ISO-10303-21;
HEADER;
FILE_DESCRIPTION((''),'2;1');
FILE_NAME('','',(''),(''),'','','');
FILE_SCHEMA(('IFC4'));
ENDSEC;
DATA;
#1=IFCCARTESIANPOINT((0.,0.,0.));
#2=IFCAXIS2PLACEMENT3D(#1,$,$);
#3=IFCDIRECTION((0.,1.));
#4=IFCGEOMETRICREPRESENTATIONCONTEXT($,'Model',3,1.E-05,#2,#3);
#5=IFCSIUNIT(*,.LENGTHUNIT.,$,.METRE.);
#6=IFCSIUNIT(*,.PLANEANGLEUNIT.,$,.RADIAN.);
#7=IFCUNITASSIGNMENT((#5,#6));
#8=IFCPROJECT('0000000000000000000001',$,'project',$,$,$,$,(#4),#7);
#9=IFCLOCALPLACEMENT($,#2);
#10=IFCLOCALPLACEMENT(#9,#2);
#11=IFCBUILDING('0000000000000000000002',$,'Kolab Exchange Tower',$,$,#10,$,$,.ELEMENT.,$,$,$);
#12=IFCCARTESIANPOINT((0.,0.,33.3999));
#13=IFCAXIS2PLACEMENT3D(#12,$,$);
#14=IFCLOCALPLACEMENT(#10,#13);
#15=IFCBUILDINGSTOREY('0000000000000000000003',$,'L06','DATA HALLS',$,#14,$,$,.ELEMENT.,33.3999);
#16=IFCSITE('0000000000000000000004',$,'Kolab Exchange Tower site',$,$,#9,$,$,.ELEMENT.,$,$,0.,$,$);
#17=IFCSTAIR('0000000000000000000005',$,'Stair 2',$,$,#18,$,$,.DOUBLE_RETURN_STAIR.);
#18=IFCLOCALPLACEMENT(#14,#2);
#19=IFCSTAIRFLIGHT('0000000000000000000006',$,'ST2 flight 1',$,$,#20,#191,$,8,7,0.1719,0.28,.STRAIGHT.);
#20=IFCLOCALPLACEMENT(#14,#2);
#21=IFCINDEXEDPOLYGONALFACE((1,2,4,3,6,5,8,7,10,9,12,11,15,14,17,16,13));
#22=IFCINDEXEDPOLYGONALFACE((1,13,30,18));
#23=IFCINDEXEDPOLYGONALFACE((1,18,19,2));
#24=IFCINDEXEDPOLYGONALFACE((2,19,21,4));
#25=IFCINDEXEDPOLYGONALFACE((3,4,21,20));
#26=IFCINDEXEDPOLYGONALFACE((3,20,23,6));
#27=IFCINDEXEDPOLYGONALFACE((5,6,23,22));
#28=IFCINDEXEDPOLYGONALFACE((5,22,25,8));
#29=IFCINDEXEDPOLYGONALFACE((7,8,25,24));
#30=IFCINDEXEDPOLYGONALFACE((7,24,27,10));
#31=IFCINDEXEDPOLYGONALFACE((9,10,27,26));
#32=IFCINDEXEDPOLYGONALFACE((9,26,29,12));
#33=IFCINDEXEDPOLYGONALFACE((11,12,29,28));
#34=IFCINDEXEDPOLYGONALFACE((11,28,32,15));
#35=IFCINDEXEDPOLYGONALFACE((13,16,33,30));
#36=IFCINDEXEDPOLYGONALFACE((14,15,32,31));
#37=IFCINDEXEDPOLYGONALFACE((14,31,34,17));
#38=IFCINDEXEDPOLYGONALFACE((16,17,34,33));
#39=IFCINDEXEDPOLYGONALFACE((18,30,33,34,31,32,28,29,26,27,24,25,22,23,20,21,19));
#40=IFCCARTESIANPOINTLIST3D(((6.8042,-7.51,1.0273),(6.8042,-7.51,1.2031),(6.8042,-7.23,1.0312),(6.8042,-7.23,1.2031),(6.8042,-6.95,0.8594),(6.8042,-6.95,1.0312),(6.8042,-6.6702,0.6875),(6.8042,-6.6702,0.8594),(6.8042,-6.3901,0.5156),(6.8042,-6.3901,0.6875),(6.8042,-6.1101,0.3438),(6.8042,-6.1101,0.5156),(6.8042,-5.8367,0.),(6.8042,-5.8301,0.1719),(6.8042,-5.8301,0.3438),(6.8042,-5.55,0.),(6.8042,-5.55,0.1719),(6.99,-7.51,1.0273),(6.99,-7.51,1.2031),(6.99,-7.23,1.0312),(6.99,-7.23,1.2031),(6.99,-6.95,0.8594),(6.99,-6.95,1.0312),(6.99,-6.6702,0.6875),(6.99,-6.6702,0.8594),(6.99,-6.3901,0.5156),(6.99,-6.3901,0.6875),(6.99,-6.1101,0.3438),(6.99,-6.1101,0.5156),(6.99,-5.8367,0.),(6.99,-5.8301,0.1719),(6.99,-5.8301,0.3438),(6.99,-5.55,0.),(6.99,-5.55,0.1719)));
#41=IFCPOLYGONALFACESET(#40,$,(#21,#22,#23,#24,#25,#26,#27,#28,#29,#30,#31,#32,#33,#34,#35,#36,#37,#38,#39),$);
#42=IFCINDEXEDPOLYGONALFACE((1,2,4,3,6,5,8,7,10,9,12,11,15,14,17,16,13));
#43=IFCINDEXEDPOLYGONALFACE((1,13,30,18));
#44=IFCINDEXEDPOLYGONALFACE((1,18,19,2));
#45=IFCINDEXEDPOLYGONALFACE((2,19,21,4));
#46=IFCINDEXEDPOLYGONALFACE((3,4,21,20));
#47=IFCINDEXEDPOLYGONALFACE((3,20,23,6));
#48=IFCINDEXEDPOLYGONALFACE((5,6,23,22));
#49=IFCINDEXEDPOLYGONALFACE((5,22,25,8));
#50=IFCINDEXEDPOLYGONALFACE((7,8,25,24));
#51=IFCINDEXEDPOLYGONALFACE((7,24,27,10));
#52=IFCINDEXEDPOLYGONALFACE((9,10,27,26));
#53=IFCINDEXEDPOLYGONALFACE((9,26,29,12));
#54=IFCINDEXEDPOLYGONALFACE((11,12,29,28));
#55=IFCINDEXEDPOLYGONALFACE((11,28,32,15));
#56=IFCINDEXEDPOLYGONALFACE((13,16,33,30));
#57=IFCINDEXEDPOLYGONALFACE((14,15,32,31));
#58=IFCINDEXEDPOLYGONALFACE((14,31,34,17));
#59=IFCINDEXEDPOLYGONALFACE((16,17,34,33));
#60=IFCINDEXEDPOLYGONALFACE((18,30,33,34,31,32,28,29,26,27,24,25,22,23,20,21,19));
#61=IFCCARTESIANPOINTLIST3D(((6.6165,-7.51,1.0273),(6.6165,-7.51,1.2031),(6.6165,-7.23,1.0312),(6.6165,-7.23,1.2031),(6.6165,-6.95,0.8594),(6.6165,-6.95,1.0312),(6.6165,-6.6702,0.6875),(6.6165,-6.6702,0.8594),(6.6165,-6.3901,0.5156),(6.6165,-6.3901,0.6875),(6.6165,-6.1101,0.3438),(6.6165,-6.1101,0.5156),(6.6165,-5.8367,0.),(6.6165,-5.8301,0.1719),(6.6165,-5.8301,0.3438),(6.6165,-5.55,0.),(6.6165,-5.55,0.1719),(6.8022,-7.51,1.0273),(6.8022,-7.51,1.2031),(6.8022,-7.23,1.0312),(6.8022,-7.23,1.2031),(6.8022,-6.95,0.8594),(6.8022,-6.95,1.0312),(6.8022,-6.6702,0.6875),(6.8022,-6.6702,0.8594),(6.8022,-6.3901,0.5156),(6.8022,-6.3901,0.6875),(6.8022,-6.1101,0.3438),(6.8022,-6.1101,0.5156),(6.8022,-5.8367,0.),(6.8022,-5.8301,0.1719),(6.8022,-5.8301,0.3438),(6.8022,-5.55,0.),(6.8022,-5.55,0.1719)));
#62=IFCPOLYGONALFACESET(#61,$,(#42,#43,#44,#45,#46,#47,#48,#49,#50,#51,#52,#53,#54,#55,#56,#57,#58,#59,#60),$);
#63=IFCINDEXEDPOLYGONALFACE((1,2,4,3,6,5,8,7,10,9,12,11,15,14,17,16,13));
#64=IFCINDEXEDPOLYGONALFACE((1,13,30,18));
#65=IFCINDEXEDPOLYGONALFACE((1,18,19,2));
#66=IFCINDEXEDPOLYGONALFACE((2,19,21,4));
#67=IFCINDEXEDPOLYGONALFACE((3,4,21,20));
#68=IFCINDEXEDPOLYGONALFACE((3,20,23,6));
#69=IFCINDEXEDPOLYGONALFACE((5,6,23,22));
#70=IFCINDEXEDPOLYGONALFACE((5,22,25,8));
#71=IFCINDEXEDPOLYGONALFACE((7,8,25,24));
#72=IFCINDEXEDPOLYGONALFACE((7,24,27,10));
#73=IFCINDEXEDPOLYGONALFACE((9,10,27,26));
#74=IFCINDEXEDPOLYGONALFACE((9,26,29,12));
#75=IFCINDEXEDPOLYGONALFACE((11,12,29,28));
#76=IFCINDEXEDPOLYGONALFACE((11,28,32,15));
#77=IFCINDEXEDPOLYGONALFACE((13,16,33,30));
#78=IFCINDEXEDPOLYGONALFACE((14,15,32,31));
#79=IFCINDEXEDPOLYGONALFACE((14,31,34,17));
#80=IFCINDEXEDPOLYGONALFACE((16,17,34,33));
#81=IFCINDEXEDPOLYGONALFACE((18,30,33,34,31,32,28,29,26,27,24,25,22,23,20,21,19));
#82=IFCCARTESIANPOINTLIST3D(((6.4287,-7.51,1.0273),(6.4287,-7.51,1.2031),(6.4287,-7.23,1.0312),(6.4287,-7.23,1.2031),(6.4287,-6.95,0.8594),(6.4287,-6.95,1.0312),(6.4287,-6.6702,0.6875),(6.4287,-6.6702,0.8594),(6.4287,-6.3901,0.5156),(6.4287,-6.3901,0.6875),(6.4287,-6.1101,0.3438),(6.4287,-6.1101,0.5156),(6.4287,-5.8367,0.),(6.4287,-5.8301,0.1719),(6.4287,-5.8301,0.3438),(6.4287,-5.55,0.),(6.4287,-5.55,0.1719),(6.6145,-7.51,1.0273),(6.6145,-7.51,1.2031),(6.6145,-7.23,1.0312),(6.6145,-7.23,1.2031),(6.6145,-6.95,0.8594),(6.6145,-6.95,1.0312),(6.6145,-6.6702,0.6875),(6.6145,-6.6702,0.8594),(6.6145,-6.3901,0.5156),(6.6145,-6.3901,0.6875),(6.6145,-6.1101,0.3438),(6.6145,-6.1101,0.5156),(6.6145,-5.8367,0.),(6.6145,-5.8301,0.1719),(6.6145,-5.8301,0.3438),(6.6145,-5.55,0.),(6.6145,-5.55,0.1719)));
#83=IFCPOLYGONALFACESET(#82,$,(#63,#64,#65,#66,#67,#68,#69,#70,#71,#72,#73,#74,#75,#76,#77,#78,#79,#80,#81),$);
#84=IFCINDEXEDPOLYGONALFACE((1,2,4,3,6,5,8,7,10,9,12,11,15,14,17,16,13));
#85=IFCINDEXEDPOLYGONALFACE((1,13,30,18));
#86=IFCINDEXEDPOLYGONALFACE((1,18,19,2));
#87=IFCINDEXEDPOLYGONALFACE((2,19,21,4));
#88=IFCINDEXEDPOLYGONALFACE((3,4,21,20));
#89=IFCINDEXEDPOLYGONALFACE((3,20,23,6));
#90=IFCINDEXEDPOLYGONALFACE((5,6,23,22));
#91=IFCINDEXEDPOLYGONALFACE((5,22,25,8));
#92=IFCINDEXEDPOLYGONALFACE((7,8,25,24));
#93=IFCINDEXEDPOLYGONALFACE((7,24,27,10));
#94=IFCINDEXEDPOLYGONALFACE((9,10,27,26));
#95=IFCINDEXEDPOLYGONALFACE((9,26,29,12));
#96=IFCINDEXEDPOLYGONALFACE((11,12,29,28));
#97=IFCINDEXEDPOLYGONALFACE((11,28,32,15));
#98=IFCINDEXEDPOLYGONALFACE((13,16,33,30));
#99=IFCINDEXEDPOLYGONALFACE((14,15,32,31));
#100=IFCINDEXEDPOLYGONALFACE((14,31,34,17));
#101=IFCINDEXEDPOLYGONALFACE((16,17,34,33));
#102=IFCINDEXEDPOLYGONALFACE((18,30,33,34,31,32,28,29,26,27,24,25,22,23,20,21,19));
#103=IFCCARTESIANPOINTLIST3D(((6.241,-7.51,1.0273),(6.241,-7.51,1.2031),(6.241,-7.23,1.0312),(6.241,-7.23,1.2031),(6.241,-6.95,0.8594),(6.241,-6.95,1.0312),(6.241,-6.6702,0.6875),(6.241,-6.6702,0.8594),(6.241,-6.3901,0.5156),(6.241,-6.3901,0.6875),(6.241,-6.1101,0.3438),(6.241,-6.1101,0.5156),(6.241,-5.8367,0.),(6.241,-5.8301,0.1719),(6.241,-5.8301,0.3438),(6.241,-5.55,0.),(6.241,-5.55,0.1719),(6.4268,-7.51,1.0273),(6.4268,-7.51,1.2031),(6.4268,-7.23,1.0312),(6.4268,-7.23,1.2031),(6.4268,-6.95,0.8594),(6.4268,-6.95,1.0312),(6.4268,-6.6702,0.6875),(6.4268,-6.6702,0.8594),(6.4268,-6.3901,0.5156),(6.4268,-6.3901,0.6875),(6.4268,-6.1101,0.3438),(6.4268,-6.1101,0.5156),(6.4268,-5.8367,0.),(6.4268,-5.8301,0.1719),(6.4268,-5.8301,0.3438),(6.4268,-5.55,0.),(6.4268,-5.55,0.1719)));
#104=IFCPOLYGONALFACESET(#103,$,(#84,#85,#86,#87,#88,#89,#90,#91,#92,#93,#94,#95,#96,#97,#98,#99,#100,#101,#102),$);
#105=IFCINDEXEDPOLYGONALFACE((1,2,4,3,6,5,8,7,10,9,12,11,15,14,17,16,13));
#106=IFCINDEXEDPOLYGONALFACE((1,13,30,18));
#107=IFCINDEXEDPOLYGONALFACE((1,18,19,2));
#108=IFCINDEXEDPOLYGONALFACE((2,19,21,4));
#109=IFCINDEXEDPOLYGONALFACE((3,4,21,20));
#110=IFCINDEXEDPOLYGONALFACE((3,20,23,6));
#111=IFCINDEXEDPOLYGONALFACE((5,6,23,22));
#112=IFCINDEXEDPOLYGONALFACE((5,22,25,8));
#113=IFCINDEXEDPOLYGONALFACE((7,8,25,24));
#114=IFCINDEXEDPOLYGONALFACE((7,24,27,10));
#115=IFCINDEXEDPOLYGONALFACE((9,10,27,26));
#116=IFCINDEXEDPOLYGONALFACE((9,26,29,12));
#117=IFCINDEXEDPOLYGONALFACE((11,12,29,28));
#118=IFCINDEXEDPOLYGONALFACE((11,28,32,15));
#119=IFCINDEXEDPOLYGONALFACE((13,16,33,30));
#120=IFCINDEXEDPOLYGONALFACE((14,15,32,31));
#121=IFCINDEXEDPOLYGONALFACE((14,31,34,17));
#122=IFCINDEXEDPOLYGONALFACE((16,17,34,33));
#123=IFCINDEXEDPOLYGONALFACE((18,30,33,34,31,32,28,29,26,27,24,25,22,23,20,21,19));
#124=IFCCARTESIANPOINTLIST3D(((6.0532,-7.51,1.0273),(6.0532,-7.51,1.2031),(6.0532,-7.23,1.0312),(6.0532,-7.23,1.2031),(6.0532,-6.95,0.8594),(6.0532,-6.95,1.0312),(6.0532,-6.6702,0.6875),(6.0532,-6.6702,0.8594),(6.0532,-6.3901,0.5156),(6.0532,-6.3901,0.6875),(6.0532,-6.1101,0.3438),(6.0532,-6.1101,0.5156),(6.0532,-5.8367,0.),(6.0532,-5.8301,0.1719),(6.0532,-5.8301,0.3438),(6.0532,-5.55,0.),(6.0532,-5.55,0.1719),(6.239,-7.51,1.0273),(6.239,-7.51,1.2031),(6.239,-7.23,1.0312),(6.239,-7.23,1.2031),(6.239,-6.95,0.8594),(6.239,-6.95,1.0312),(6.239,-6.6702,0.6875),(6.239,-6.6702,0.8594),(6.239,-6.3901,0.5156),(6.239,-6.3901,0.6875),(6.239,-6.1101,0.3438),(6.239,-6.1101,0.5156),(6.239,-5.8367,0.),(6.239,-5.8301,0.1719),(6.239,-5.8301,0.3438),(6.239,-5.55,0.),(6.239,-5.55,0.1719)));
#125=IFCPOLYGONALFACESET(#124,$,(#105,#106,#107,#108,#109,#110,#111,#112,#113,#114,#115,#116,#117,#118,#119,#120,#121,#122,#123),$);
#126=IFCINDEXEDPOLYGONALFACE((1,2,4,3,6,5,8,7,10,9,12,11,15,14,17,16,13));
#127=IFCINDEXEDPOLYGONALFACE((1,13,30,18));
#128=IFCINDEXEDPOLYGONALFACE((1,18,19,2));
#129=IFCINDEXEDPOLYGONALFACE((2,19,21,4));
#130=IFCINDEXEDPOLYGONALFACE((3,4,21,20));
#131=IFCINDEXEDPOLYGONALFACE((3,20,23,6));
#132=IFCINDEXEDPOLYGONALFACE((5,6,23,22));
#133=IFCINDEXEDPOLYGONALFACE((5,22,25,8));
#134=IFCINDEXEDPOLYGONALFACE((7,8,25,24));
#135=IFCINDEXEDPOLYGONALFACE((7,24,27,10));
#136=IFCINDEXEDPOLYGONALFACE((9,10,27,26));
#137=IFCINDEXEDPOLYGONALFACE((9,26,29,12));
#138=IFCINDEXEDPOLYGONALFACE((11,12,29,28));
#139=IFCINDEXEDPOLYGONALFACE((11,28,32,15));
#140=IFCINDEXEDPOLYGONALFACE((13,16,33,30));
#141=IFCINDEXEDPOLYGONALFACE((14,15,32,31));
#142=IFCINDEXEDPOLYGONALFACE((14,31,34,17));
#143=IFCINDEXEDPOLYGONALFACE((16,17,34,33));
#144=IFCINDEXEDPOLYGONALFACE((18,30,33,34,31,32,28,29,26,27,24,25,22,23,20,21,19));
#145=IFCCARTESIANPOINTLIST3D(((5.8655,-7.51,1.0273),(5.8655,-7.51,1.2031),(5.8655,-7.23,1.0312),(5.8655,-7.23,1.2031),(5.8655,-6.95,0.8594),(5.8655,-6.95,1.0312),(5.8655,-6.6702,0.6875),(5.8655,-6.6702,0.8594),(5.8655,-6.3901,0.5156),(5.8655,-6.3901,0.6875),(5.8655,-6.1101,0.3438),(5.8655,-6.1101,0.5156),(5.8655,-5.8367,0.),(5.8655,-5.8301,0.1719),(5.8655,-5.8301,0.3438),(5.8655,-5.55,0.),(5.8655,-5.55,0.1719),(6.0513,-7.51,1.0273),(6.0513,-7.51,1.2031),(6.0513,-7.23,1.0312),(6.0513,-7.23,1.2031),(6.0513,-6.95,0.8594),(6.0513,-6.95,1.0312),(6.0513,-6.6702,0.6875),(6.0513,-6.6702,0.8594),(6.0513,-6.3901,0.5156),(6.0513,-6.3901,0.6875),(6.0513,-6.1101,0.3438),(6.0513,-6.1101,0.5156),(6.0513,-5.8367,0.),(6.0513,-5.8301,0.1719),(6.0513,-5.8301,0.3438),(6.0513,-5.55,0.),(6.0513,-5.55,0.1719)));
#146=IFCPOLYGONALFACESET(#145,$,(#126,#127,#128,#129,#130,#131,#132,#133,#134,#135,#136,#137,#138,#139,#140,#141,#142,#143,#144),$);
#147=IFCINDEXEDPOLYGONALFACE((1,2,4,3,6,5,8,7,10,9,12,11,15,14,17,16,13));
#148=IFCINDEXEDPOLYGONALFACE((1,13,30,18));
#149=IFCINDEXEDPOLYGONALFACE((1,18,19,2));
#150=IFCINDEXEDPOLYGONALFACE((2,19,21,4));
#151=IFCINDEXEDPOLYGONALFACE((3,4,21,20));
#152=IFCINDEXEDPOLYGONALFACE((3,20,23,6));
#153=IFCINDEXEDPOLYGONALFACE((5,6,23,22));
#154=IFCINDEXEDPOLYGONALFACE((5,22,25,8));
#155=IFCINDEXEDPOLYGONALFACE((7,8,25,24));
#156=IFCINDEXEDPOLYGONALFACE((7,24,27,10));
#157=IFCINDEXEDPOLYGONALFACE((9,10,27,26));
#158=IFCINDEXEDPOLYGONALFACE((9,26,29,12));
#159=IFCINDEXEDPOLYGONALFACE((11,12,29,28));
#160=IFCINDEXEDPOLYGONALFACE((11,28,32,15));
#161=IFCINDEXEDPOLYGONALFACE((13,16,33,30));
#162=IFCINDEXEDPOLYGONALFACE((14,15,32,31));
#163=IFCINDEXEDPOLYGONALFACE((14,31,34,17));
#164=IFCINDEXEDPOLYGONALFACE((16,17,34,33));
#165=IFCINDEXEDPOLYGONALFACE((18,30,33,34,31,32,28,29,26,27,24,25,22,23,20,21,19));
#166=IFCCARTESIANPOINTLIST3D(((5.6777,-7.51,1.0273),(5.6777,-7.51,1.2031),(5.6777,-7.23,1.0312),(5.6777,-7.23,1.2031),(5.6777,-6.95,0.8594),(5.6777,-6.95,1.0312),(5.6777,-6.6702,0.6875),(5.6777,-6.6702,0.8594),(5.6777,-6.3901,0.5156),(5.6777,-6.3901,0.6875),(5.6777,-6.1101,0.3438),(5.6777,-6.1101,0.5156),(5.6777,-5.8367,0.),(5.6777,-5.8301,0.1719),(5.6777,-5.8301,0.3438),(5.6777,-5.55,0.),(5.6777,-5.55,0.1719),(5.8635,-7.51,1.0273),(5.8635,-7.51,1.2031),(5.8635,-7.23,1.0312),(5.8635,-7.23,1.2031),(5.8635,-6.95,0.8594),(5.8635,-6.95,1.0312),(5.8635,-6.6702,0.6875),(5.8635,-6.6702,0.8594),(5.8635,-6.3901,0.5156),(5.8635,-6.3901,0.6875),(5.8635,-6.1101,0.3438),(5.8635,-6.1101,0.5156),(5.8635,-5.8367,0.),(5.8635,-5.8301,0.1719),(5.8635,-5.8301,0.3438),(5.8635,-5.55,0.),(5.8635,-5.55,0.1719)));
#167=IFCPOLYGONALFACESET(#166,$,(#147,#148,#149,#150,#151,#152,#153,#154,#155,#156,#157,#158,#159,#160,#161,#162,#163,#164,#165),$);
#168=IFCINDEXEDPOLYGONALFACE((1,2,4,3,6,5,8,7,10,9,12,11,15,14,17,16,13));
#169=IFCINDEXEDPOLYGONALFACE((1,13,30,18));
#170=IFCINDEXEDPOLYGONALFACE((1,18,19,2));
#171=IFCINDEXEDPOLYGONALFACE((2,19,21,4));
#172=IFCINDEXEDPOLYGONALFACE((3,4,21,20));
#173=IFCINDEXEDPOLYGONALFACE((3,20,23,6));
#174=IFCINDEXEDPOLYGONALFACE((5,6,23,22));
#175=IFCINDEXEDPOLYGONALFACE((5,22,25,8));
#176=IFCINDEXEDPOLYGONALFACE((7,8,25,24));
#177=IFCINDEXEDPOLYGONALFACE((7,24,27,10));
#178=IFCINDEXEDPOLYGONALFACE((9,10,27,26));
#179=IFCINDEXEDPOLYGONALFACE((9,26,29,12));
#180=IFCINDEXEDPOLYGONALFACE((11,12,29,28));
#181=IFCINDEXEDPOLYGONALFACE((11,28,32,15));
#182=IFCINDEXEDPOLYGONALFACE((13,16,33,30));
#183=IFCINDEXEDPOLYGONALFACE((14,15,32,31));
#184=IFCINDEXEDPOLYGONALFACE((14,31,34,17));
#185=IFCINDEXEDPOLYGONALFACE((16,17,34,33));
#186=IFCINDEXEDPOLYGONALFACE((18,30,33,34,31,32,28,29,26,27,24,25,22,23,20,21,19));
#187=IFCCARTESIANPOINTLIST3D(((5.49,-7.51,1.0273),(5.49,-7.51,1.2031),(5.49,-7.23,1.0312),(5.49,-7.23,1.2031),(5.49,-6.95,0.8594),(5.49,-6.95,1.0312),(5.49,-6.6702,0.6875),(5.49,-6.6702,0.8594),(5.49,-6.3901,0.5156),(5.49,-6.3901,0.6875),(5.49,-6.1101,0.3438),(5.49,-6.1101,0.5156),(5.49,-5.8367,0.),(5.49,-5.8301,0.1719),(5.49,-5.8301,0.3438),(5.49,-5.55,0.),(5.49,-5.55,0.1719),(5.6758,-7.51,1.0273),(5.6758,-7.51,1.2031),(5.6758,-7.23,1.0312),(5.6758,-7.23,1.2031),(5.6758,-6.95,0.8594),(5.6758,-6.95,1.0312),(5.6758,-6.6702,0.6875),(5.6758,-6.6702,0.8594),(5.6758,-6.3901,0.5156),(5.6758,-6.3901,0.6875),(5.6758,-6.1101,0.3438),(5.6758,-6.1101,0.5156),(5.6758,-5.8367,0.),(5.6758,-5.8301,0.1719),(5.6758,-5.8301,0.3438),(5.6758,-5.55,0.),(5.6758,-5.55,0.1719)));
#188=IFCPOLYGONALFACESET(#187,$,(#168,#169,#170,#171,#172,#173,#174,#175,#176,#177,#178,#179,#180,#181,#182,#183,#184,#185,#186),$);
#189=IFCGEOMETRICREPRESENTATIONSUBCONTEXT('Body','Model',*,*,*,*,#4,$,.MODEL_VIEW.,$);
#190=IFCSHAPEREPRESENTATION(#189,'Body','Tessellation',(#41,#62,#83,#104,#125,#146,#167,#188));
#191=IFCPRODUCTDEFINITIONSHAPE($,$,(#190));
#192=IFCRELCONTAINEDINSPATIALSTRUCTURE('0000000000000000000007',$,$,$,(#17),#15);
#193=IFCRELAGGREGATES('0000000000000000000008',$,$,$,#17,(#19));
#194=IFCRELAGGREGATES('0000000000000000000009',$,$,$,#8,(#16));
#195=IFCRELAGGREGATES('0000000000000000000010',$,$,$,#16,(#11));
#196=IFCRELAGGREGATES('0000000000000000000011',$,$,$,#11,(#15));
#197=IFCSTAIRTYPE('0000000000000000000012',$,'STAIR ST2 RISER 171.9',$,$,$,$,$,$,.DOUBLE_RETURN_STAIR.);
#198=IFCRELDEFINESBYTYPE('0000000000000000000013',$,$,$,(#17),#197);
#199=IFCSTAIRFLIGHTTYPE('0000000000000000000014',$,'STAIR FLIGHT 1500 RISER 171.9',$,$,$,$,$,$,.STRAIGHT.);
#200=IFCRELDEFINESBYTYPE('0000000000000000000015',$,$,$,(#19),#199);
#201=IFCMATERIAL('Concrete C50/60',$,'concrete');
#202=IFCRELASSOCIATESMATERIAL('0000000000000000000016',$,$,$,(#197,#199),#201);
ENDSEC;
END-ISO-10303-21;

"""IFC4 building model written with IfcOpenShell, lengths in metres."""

from ifc_helpers import new_model, si_unit, direction, frame, origin, place, context, subcontext, project, spatial, polyline, outline, extrude, material, type_object, element, aggregate, save


model = new_model("IFC4")

# Units and contexts
model_context = context("Model", 3, precision=1e-05, world=origin(), true_north=direction((0.0, 1.0)))
body_context = subcontext(model_context, "Body", "Model", "MODEL_VIEW")
ifc_project = project(units=[si_unit("LENGTHUNIT", "METRE"), si_unit("PLANEANGLEUNIT", "RADIAN")], contexts=[model_context])

# Site, building, storey
site_placement = place(None, origin())
site = spatial("IfcSite", under=ifc_project, at=site_placement, Name="Kolab Exchange Tower site", CompositionType="ELEMENT", RefElevation=0.0)
building_placement = place(site_placement, origin())
building = spatial("IfcBuilding", under=site, at=building_placement, Name="Kolab Exchange Tower", CompositionType="ELEMENT")
storey_placement = place(building_placement, frame((0.0, 0.0, 33.3999)))
storey = spatial("IfcBuildingStorey", under=building, at=storey_placement, Name="L06", Description="DATA HALLS", CompositionType="ELEMENT", Elevation=33.3999)

# Stair
ifc_material_1 = material(Name="Concrete C50/60", Category="concrete")
stair_type_1 = type_object("IfcStairType", Name="STAIR ST2 RISER 171.9", PredefinedType="DOUBLE_RETURN_STAIR", material=ifc_material_1)
stair_1_placement = place(storey_placement, origin())
stair_1 = element("IfcStair", 1, at=stair_1_placement, inside=storey, type_object=stair_type_1, Name="Stair 2", PredefinedType="DOUBLE_RETURN_STAIR")

# Stair flight
stair_flight_type = type_object("IfcStairFlightType", Name="STAIR FLIGHT 1500 RISER 171.9", PredefinedType="STRAIGHT", material=ifc_material_1)
stair_flight_1_placement = place(storey_placement, frame((6.24, -5.55, 0.0), z_axis=(0.0, 0.0, 1.0), x_axis=(0.0, -1.0, 0.0)))
stair_flight_1 = element("IfcStairFlight", 2, at=stair_flight_1_placement, type_object=stair_flight_type, Name="ST2 flight 1", NumberOfRisers=8, NumberOfTreads=7, PredefinedType="STRAIGHT", RiserHeight=0.1719, TreadLength=0.28, context=body_context, shape_type="SweptSolid", body=[
    extrude(outline(polyline([(0.0, 0.0), (0.0, 0.1719), (0.28, 0.1719), (0.28, 0.3438), (0.5601, 0.3438), (0.5601, 0.5156), (0.8401, 0.5156), (0.8401, 0.6875), (1.1201, 0.6875), (1.1201, 0.8594), (1.3999, 0.8594), (1.3999, 1.0312), (1.6799, 1.0312), (1.6799, 1.2031), (1.96, 1.2031), (1.96, 1.375), (1.96, 1.0273), (0.2866, 0.0), (0.0, 0.0)])), frame((0.0, 0.75, 0.0), z_axis=(0.0, -1.0, 0.0), x_axis=(1.0, 0.0, 0.0)), (0.0, 0.0, 1.0), 0.1858),
    extrude(outline(polyline([(0.0, 0.0), (0.0, 0.1719), (0.28, 0.1719), (0.28, 0.3438), (0.5601, 0.3438), (0.5601, 0.5156), (0.8401, 0.5156), (0.8401, 0.6875), (1.1201, 0.6875), (1.1201, 0.8594), (1.3999, 0.8594), (1.3999, 1.0312), (1.6799, 1.0312), (1.6799, 1.2031), (1.96, 1.2031), (1.96, 1.375), (1.96, 1.0273), (0.2866, 0.0), (0.0, 0.0)])), frame((0.0, 0.5623, 0.0), z_axis=(0.0, -1.0, 0.0), x_axis=(1.0, 0.0, 0.0)), (0.0, 0.0, 1.0), 0.1858),
    extrude(outline(polyline([(0.0, 0.0), (0.0, 0.1719), (0.28, 0.1719), (0.28, 0.3438), (0.5601, 0.3438), (0.5601, 0.5156), (0.8401, 0.5156), (0.8401, 0.6875), (1.1201, 0.6875), (1.1201, 0.8594), (1.3999, 0.8594), (1.3999, 1.0312), (1.6799, 1.0312), (1.6799, 1.2031), (1.96, 1.2031), (1.96, 1.375), (1.96, 1.0273), (0.2866, 0.0), (0.0, 0.0)])), frame((0.0, 0.3745, 0.0), z_axis=(0.0, -1.0, 0.0), x_axis=(1.0, 0.0, 0.0)), (0.0, 0.0, 1.0), 0.1858),
    extrude(outline(polyline([(0.0, 0.0), (0.0, 0.1719), (0.28, 0.1719), (0.28, 0.3438), (0.5601, 0.3438), (0.5601, 0.5156), (0.8401, 0.5156), (0.8401, 0.6875), (1.1201, 0.6875), (1.1201, 0.8594), (1.3999, 0.8594), (1.3999, 1.0312), (1.6799, 1.0312), (1.6799, 1.2031), (1.96, 1.2031), (1.96, 1.375), (1.96, 1.0273), (0.2866, 0.0), (0.0, 0.0)])), frame((0.0, 0.1868, 0.0), z_axis=(0.0, -1.0, 0.0), x_axis=(1.0, 0.0, 0.0)), (0.0, 0.0, 1.0), 0.1858),
    extrude(outline(polyline([(0.0, 0.0), (0.0, 0.1719), (0.28, 0.1719), (0.28, 0.3438), (0.5601, 0.3438), (0.5601, 0.5156), (0.8401, 0.5156), (0.8401, 0.6875), (1.1201, 0.6875), (1.1201, 0.8594), (1.3999, 0.8594), (1.3999, 1.0312), (1.6799, 1.0312), (1.6799, 1.2031), (1.96, 1.2031), (1.96, 1.375), (1.96, 1.0273), (0.2866, 0.0), (0.0, 0.0)])), frame((0.0, -0.001, 0.0), z_axis=(0.0, -1.0, 0.0), x_axis=(1.0, 0.0, 0.0)), (0.0, 0.0, 1.0), 0.1858),
    extrude(outline(polyline([(0.0, 0.0), (0.0, 0.1719), (0.28, 0.1719), (0.28, 0.3438), (0.5601, 0.3438), (0.5601, 0.5156), (0.8401, 0.5156), (0.8401, 0.6875), (1.1201, 0.6875), (1.1201, 0.8594), (1.3999, 0.8594), (1.3999, 1.0312), (1.6799, 1.0312), (1.6799, 1.2031), (1.96, 1.2031), (1.96, 1.375), (1.96, 1.0273), (0.2866, 0.0), (0.0, 0.0)])), frame((0.0, -0.1887, 0.0), z_axis=(0.0, -1.0, 0.0), x_axis=(1.0, 0.0, 0.0)), (0.0, 0.0, 1.0), 0.1858),
    extrude(outline(polyline([(0.0, 0.0), (0.0, 0.1719), (0.28, 0.1719), (0.28, 0.3438), (0.5601, 0.3438), (0.5601, 0.5156), (0.8401, 0.5156), (0.8401, 0.6875), (1.1201, 0.6875), (1.1201, 0.8594), (1.3999, 0.8594), (1.3999, 1.0312), (1.6799, 1.0312), (1.6799, 1.2031), (1.96, 1.2031), (1.96, 1.375), (1.96, 1.0273), (0.2866, 0.0), (0.0, 0.0)])), frame((0.0, -0.3765, 0.0), z_axis=(0.0, -1.0, 0.0), x_axis=(1.0, 0.0, 0.0)), (0.0, 0.0, 1.0), 0.1858),
    extrude(outline(polyline([(0.0, 0.0), (0.0, 0.1719), (0.28, 0.1719), (0.28, 0.3438), (0.5601, 0.3438), (0.5601, 0.5156), (0.8401, 0.5156), (0.8401, 0.6875), (1.1201, 0.6875), (1.1201, 0.8594), (1.3999, 0.8594), (1.3999, 1.0312), (1.6799, 1.0312), (1.6799, 1.2031), (1.96, 1.2031), (1.96, 1.375), (1.96, 1.0273), (0.2866, 0.0), (0.0, 0.0)])), frame((0.0, -0.5642, 0.0), z_axis=(0.0, -1.0, 0.0), x_axis=(1.0, 0.0, 0.0)), (0.0, 0.0, 1.0), 0.1858),
])
aggregate(stair_1, [stair_flight_1])

save(model, "model.ifc")
